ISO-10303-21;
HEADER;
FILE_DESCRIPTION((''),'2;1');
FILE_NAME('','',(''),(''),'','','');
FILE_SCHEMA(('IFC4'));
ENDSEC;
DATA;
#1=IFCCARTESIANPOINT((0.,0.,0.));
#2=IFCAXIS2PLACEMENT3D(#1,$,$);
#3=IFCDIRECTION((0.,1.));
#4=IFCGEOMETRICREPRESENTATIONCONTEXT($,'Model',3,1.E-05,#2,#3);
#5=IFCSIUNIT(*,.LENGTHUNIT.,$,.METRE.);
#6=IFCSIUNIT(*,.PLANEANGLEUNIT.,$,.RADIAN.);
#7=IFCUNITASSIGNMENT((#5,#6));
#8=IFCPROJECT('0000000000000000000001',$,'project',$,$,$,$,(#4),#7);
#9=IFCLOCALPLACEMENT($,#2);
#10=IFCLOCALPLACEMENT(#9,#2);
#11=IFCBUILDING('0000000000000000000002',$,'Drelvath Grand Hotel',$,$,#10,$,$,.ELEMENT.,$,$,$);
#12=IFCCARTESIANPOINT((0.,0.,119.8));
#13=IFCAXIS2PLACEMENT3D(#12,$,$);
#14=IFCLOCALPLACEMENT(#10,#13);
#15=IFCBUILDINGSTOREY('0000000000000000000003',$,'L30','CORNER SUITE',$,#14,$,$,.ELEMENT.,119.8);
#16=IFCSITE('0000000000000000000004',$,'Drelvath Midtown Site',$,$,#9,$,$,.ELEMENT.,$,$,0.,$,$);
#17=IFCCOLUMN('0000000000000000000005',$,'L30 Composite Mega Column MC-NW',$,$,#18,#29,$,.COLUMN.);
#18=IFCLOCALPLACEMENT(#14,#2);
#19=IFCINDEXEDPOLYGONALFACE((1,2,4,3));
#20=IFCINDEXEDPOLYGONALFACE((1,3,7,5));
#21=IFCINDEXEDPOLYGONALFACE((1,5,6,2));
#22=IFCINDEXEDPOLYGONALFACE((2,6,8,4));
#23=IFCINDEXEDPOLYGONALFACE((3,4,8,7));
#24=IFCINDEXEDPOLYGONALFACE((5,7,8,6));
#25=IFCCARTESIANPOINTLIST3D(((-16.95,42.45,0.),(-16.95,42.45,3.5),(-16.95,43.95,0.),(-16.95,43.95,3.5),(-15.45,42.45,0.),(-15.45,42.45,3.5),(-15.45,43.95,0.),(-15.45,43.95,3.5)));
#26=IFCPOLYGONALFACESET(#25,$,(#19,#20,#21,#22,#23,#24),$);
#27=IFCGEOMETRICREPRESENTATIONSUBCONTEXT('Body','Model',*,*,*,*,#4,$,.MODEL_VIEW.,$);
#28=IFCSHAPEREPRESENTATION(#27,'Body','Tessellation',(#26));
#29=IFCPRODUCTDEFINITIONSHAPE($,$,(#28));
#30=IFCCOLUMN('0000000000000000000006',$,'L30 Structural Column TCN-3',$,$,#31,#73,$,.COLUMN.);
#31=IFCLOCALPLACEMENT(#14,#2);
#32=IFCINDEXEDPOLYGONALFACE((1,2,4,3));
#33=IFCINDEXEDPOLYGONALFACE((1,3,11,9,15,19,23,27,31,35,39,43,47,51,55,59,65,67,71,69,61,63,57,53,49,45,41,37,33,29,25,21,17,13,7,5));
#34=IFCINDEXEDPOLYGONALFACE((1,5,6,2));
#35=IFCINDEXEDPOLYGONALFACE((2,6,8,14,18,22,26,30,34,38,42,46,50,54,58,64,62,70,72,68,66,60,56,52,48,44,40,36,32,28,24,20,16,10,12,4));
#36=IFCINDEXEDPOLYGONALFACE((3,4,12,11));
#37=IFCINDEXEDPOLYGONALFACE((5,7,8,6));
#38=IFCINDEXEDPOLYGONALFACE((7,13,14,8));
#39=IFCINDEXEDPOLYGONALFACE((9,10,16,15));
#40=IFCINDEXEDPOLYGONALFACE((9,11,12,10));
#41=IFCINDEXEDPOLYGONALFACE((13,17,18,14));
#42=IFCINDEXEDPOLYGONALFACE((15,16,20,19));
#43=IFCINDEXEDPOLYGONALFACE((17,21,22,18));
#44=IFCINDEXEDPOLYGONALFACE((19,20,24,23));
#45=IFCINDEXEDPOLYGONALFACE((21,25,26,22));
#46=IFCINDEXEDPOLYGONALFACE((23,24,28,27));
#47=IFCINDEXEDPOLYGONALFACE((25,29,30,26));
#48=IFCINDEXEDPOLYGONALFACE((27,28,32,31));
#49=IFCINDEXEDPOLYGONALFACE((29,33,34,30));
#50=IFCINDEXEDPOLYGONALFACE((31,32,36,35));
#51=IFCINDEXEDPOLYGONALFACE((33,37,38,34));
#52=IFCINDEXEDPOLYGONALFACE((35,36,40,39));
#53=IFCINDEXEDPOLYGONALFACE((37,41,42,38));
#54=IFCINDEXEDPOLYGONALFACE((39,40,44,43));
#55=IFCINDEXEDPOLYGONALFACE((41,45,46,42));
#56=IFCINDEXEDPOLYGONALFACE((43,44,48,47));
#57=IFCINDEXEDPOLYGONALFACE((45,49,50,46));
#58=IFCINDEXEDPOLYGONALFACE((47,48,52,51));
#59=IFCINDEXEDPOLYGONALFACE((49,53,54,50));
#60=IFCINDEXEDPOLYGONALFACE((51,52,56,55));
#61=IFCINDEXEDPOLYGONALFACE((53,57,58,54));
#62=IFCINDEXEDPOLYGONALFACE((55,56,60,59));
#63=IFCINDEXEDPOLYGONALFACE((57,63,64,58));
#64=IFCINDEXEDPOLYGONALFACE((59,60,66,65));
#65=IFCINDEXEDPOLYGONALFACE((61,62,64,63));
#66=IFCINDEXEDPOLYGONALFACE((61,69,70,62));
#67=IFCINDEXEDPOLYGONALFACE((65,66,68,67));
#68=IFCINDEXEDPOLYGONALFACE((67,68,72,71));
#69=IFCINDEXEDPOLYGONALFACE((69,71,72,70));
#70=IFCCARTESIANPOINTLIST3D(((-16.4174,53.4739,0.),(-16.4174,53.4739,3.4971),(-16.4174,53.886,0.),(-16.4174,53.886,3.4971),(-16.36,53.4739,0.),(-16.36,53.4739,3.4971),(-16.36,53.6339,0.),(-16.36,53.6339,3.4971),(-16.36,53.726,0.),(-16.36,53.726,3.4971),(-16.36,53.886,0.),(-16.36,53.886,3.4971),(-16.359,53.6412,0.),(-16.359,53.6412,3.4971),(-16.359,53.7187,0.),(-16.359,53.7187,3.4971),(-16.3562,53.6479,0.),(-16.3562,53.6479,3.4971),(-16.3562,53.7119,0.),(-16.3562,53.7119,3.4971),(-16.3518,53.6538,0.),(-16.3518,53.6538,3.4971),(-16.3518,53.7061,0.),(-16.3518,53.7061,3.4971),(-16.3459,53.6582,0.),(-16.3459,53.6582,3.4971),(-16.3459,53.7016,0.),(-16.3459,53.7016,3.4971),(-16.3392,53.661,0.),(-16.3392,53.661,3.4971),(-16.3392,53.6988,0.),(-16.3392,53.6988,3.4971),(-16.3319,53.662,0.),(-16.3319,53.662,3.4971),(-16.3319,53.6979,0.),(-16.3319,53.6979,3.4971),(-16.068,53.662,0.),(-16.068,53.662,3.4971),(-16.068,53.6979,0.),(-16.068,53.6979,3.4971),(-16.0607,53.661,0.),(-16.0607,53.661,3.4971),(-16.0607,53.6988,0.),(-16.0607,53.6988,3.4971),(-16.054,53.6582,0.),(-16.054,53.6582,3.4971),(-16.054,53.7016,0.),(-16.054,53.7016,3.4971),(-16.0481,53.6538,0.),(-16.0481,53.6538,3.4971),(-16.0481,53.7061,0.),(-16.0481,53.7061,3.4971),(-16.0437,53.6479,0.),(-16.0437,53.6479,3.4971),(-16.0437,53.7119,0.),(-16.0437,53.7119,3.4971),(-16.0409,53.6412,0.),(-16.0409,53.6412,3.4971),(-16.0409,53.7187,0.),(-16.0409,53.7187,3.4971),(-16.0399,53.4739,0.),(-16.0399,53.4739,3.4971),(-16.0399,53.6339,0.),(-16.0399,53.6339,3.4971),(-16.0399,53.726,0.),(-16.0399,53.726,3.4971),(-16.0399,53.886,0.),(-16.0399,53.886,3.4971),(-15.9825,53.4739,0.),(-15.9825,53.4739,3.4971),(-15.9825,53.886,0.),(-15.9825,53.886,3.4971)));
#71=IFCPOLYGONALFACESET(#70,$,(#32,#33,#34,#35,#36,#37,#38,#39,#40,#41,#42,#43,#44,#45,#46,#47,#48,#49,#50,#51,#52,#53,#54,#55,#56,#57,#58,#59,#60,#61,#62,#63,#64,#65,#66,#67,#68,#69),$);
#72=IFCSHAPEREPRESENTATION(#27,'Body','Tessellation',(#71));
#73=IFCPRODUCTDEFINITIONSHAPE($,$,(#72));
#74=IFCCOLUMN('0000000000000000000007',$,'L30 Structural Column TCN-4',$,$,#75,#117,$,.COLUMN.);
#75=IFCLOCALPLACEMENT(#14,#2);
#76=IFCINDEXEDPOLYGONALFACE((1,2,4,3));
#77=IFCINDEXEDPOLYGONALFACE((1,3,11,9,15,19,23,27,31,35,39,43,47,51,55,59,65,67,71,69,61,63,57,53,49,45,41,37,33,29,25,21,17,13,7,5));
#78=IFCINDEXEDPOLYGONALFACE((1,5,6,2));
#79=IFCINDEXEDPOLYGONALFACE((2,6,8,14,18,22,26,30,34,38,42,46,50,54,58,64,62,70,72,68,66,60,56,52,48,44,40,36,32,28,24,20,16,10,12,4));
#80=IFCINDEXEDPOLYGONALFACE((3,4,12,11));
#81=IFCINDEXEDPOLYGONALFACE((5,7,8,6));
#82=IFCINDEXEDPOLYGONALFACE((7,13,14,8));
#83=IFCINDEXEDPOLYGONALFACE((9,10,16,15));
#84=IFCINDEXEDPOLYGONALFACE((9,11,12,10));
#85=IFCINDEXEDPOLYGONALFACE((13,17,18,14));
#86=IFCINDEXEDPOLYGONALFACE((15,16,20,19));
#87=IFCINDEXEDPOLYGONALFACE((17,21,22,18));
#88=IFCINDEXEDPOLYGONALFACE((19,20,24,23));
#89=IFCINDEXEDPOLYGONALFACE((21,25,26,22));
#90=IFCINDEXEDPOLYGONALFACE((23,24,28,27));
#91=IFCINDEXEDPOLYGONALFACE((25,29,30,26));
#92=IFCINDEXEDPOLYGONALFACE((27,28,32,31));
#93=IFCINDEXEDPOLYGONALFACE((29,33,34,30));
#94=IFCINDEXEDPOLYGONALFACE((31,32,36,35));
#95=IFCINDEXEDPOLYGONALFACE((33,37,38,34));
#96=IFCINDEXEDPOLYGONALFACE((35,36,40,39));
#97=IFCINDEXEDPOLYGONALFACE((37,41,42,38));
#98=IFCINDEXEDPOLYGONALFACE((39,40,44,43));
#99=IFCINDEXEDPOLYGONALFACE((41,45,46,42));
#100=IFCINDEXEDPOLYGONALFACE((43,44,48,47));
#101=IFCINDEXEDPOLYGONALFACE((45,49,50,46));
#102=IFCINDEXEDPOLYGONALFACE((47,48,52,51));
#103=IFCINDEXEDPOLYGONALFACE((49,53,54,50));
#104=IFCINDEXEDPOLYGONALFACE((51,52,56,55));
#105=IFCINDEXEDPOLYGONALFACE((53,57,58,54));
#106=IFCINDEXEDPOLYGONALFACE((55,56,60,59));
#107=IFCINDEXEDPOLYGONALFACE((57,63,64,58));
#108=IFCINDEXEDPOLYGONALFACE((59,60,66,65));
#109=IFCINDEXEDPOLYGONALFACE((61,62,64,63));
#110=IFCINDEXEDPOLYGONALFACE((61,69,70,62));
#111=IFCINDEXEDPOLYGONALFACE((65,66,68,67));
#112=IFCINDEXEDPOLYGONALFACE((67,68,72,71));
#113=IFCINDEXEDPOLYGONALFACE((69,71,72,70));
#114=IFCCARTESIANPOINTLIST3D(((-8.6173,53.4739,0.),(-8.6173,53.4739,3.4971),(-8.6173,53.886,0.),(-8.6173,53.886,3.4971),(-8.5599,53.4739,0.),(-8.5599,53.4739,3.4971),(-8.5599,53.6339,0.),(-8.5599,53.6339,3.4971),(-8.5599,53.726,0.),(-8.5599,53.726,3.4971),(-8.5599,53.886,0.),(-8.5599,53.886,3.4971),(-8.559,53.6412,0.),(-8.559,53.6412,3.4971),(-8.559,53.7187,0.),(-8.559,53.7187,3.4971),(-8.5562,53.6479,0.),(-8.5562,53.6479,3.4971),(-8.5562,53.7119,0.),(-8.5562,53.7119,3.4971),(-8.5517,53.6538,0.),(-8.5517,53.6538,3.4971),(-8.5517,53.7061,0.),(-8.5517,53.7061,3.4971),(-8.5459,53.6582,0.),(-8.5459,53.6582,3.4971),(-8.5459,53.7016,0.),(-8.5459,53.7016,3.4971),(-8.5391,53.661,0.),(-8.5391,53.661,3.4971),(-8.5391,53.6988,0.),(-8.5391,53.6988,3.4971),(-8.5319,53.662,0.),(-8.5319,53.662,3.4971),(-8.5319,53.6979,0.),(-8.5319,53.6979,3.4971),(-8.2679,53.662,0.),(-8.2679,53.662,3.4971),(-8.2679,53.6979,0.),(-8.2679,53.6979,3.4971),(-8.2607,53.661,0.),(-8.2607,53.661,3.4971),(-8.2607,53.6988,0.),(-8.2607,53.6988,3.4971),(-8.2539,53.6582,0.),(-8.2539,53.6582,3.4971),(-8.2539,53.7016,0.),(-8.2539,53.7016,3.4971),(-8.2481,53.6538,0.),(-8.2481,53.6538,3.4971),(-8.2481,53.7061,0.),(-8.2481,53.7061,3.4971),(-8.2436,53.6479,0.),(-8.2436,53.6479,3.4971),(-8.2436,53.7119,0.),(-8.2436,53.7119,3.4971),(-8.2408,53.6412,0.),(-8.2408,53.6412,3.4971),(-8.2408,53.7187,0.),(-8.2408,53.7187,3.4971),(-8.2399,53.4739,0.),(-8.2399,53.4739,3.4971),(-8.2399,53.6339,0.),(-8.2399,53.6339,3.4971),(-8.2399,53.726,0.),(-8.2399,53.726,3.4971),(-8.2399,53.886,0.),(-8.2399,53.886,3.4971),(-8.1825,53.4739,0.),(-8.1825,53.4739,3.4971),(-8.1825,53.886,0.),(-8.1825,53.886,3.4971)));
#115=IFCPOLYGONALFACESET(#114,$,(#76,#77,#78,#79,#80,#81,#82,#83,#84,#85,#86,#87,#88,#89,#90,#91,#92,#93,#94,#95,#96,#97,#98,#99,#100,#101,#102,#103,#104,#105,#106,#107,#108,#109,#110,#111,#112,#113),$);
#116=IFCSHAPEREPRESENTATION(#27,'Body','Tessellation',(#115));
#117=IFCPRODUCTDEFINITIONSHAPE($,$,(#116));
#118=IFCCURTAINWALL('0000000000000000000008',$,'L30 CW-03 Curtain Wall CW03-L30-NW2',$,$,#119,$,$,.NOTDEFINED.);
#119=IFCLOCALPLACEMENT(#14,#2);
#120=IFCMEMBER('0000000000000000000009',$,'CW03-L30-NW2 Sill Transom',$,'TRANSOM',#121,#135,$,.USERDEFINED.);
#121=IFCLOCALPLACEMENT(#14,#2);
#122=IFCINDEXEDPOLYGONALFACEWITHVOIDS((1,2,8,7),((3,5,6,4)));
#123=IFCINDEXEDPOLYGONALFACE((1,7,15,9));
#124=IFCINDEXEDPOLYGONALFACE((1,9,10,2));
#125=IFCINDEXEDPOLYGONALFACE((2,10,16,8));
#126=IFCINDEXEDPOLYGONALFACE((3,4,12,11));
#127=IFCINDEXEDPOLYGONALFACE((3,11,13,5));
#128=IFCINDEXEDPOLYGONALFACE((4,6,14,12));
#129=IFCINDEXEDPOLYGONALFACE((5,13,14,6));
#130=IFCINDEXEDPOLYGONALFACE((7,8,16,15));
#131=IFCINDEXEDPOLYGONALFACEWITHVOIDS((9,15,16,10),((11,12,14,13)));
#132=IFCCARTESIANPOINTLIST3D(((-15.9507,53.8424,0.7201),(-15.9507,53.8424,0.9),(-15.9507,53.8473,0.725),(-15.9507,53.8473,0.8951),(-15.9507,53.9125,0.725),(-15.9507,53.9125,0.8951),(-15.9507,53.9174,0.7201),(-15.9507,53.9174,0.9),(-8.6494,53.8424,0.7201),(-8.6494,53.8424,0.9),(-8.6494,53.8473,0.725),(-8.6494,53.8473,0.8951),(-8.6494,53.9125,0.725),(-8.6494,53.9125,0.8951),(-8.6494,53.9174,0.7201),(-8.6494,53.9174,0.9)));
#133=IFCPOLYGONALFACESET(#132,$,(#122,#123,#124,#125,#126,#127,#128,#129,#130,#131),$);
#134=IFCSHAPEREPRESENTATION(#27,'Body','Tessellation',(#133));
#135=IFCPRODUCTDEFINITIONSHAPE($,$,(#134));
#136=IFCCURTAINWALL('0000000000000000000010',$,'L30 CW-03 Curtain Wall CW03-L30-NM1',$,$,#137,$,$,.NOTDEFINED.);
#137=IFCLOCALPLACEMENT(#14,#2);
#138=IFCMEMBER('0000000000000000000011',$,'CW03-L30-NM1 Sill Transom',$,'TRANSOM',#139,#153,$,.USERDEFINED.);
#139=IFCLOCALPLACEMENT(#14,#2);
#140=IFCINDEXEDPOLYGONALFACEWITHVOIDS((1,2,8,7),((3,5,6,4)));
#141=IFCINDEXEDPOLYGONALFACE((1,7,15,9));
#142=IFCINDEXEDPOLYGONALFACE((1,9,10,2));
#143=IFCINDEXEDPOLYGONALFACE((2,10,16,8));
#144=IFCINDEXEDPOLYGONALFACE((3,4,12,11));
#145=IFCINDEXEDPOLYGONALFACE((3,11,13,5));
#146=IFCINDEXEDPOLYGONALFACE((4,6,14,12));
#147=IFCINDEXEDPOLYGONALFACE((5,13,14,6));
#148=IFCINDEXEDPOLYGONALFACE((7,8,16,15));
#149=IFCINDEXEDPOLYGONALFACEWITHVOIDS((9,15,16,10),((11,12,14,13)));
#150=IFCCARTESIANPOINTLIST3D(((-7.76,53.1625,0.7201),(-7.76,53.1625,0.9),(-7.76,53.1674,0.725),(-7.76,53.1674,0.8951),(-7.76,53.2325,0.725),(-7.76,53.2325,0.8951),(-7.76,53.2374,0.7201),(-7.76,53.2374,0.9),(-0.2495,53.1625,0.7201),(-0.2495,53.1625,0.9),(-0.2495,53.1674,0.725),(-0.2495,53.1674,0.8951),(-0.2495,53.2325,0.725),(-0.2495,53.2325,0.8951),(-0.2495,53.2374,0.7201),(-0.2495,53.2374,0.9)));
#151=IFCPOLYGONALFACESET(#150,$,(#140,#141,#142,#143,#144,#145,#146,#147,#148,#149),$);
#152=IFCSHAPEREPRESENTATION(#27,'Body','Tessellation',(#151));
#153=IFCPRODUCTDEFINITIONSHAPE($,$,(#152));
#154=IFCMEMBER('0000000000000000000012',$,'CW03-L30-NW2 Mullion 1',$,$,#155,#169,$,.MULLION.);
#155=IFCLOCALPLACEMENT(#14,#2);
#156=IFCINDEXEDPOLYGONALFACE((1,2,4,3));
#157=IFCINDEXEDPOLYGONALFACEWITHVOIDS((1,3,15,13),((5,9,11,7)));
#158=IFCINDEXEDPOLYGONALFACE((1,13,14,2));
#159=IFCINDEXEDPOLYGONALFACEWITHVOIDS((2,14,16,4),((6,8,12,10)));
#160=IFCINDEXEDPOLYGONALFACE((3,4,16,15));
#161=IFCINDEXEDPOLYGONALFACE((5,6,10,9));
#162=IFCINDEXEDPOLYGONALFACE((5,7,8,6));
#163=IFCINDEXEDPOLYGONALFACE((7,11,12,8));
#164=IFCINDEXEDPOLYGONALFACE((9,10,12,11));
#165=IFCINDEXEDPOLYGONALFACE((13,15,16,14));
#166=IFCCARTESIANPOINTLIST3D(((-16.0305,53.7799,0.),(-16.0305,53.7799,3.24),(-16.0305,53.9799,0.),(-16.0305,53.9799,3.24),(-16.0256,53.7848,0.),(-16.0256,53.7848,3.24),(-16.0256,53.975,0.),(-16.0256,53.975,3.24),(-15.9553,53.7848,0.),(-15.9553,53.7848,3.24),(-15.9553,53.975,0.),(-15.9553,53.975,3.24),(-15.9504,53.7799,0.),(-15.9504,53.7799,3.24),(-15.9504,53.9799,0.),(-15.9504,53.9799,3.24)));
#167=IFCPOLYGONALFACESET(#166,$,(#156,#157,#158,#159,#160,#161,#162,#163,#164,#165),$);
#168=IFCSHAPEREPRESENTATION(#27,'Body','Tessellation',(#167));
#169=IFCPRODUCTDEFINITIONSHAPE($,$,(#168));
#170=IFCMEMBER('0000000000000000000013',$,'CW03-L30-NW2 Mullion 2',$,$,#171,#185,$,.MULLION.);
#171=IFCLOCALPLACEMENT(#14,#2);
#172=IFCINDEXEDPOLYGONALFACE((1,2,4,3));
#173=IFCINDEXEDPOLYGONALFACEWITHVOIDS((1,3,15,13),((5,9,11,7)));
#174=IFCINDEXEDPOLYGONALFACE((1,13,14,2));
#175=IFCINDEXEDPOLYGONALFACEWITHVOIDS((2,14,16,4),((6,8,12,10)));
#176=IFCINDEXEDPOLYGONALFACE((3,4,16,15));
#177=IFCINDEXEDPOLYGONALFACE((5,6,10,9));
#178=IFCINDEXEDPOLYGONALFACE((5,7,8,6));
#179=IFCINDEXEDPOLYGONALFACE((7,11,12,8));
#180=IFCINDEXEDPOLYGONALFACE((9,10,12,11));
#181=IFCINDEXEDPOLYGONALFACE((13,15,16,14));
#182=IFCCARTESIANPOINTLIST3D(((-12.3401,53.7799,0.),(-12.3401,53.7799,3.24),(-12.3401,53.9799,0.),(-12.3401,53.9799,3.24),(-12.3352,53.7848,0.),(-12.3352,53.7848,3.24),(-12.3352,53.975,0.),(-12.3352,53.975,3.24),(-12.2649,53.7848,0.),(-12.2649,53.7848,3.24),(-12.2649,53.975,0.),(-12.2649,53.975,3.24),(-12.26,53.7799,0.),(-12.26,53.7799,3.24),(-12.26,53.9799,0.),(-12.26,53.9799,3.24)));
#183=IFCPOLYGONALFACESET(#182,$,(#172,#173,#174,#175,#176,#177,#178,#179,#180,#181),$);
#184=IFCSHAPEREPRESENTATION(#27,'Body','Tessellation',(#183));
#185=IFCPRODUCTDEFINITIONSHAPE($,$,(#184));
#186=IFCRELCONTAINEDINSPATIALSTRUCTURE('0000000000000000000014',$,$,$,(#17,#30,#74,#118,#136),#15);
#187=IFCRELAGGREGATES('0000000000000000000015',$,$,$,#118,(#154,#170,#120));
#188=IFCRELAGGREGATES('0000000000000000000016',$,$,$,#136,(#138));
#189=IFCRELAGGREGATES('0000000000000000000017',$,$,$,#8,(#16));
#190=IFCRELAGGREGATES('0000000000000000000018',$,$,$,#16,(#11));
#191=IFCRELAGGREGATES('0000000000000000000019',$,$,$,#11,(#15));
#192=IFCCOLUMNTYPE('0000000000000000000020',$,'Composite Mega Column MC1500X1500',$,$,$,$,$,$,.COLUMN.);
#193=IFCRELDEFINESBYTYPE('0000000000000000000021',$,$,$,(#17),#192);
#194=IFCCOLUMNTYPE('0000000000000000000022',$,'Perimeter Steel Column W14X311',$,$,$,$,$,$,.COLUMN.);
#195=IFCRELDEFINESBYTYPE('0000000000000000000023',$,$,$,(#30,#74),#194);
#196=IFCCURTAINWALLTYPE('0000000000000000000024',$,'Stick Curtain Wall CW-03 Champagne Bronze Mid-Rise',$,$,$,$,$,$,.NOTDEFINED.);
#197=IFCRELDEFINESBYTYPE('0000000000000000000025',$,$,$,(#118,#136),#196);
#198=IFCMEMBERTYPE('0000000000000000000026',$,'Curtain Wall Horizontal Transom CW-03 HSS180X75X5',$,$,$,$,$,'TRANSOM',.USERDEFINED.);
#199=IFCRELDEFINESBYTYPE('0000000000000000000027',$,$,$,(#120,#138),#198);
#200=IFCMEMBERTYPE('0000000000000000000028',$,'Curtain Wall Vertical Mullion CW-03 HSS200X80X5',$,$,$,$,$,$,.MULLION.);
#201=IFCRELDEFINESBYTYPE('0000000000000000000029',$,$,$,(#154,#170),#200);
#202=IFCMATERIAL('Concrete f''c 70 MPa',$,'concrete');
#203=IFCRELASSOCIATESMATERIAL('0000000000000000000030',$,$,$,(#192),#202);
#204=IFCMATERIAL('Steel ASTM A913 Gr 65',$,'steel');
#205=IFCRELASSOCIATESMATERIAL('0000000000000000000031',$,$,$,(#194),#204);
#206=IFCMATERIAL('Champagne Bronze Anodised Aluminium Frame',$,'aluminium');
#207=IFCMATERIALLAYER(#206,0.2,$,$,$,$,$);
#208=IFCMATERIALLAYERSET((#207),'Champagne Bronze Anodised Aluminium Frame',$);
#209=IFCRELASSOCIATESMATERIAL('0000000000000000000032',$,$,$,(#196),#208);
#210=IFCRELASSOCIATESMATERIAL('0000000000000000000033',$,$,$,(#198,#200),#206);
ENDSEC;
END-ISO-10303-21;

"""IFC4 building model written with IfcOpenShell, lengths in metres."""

from ifc_helpers import new_model, si_unit, direction, frame, origin, origin_2d, place, context, subcontext, project, spatial, rectangle, hollow_rectangle, i_section, extrude, material, layer, layer_set, material_profile, profile_set, type_object, element, aggregate, save


model = new_model("IFC4")

# Units and contexts
model_context = context("Model", 3, precision=1e-05, world=origin(), true_north=direction((0.0, 1.0)))
body_context = subcontext(model_context, "Body", "Model", "MODEL_VIEW")
ifc_project = project(units=[si_unit("LENGTHUNIT", "METRE"), si_unit("PLANEANGLEUNIT", "RADIAN")], contexts=[model_context])

# Site, building, storey
site_placement = place(None, origin())
site = spatial("IfcSite", under=ifc_project, at=site_placement, Name="Drelvath Midtown Site", CompositionType="ELEMENT", RefElevation=0.0)
building_placement = place(site_placement, origin())
building = spatial("IfcBuilding", under=site, at=building_placement, Name="Drelvath Grand Hotel", CompositionType="ELEMENT")
storey_placement = place(building_placement, frame((0.0, 0.0, 119.8)))
storey = spatial("IfcBuildingStorey", under=building, at=storey_placement, Name="L30", Description="CORNER SUITE", CompositionType="ELEMENT", Elevation=119.8)

# Columns
ifc_material_1 = material(Name="Concrete f'c 70 MPa", Category="concrete")
ifc_material_profile_1 = material_profile(ifc_material_1, rectangle(XDim=1.5, YDim=1.5, at=origin_2d()), Name="MC1500X1500")
ifc_profile_set_1 = profile_set([ifc_material_profile_1], Name="Concrete f'c 70 MPa")
column_type_1 = type_object("IfcColumnType", Name="Composite Mega Column MC1500X1500", PredefinedType="COLUMN", material=ifc_profile_set_1)
column_placement = place(storey_placement, frame((-16.2, 43.2, 0.0), z_axis=(0.0, 0.0, 1.0), x_axis=(1.0, 0.0, 0.0)))
element("IfcColumn", 1, at=column_placement, inside=storey, type_object=column_type_1, Name="L30 Composite Mega Column MC-NW", PredefinedType="COLUMN", context=body_context, shape_type="SweptSolid", body=[
    extrude(rectangle(XDim=1.5, YDim=1.5, at=origin_2d()), origin(), (0.0, 0.0, 1.0), 3.5),
])
ifc_material_2 = material(Name="Steel ASTM A913 Gr 65", Category="steel")
ifc_material_profile_2 = material_profile(ifc_material_2, i_section(OverallWidth=0.4121, OverallDepth=0.4348, WebThickness=0.0359, FlangeThickness=0.0574, FilletRadius=0.0281, at=origin_2d()), Name="W14X311")
ifc_profile_set_2 = profile_set([ifc_material_profile_2], Name="Steel ASTM A913 Gr 65")
column_type_2 = type_object("IfcColumnType", Name="Perimeter Steel Column W14X311", PredefinedType="COLUMN", material=ifc_profile_set_2)
for number, where, z_axis, x_axis, name in (
    (2, (-16.2, 53.6799, 0.0), (0.0, 0.0, 1.0), (0.0, 1.0, 0.0), "L30 Structural Column TCN-3"),
    (3, (-8.3999, 53.6799, 0.0), (0.0, 0.0, 1.0), (0.0, 1.0, 0.0), "L30 Structural Column TCN-4"),
):
    element("IfcColumn", number, at=place(storey_placement, frame(where, z_axis=z_axis, x_axis=x_axis)), inside=storey, type_object=column_type_2, Name=name, PredefinedType="COLUMN", context=body_context, shape_type="SweptSolid", body=[
        extrude(i_section(OverallWidth=0.4121, OverallDepth=0.4348, WebThickness=0.0359, FlangeThickness=0.0574, FilletRadius=0.0281, at=origin_2d()), origin(), (0.0, 0.0, 1.0), 3.4971),
    ])

# Curtain walls, members
ifc_material_3 = material(Name="Champagne Bronze Anodised Aluminium Frame", Category="aluminium")
ifc_layer_1 = layer(ifc_material_3, 0.2)
ifc_layer_set_1 = layer_set([ifc_layer_1], Name="Champagne Bronze Anodised Aluminium Frame")
curtain_wall_type = type_object("IfcCurtainWallType", Name="Stick Curtain Wall CW-03 Champagne Bronze Mid-Rise", PredefinedType="NOTDEFINED", material=ifc_layer_set_1)
curtain_wall_1_placement = place(storey_placement, origin())
curtain_wall_1 = element("IfcCurtainWall", 4, at=curtain_wall_1_placement, inside=storey, type_object=curtain_wall_type, Name="L30 CW-03 Curtain Wall CW03-L30-NW2", PredefinedType="NOTDEFINED")
ifc_material_profile_3 = material_profile(ifc_material_3, hollow_rectangle(XDim=0.075, YDim=0.1799, WallThickness=0.0049, at=origin_2d()), Name="HSS180X75X5")
ifc_profile_set_3 = profile_set([ifc_material_profile_3], Name="Champagne Bronze Anodised Aluminium Frame")
member_type_1 = type_object("IfcMemberType", Name="Curtain Wall Horizontal Transom CW-03 HSS180X75X5", ElementType="TRANSOM", PredefinedType="USERDEFINED", material=ifc_profile_set_3)
member_1_placement = place(storey_placement, frame((-15.9507, 53.8799, 0.8101), z_axis=(1.0, 0.0, 0.0), x_axis=(0.0, 1.0, 0.0)))
member_1 = element("IfcMember", 5, at=member_1_placement, type_object=member_type_1, Name="CW03-L30-NW2 Sill Transom", ObjectType="TRANSOM", PredefinedType="USERDEFINED", context=body_context, shape_type="SweptSolid", body=[
    extrude(hollow_rectangle(XDim=0.075, YDim=0.1799, WallThickness=0.0049, at=origin_2d()), origin(), (0.0, 0.0, 1.0), 7.3013),
])
curtain_wall_2_placement = place(storey_placement, origin())
curtain_wall_2 = element("IfcCurtainWall", 6, at=curtain_wall_2_placement, inside=storey, type_object=curtain_wall_type, Name="L30 CW-03 Curtain Wall CW03-L30-NM1", PredefinedType="NOTDEFINED")
member_2_placement = place(storey_placement, frame((-7.76, 53.2, 0.8101), z_axis=(1.0, 0.0, 0.0), x_axis=(0.0, 1.0, 0.0)))
member_2 = element("IfcMember", 7, at=member_2_placement, type_object=member_type_1, Name="CW03-L30-NM1 Sill Transom", ObjectType="TRANSOM", PredefinedType="USERDEFINED", context=body_context, shape_type="SweptSolid", body=[
    extrude(hollow_rectangle(XDim=0.075, YDim=0.1799, WallThickness=0.0049, at=origin_2d()), origin(), (0.0, 0.0, 1.0), 7.5105),
])

# Members
ifc_material_profile_4 = material_profile(ifc_material_3, hollow_rectangle(XDim=0.0801, YDim=0.2, WallThickness=0.0049, at=origin_2d()), Name="HSS200X80X5")
ifc_profile_set_4 = profile_set([ifc_material_profile_4], Name="Champagne Bronze Anodised Aluminium Frame")
member_type_2 = type_object("IfcMemberType", Name="Curtain Wall Vertical Mullion CW-03 HSS200X80X5", PredefinedType="MULLION", material=ifc_profile_set_4)
member_3_placement = place(storey_placement, frame((-15.9905, 53.8799, 0.0), z_axis=(0.0, 0.0, 1.0), x_axis=(1.0, 0.0, 0.0)))
member_3 = element("IfcMember", 8, at=member_3_placement, type_object=member_type_2, Name="CW03-L30-NW2 Mullion 1", PredefinedType="MULLION", context=body_context, shape_type="SweptSolid", body=[
    extrude(hollow_rectangle(XDim=0.0801, YDim=0.2, WallThickness=0.0049, at=origin_2d()), origin(), (0.0, 0.0, 1.0), 3.24),
])
member_4_placement = place(storey_placement, frame((-12.3, 53.8799, 0.0), z_axis=(0.0, 0.0, 1.0), x_axis=(1.0, 0.0, 0.0)))
member_4 = element("IfcMember", 9, at=member_4_placement, type_object=member_type_2, Name="CW03-L30-NW2 Mullion 2", PredefinedType="MULLION", context=body_context, shape_type="SweptSolid", body=[
    extrude(hollow_rectangle(XDim=0.0801, YDim=0.2, WallThickness=0.0049, at=origin_2d()), origin(), (0.0, 0.0, 1.0), 3.24),
])

aggregate(curtain_wall_1, [member_3, member_4, member_1])
aggregate(curtain_wall_2, [member_2])

save(model, "model.ifc")
